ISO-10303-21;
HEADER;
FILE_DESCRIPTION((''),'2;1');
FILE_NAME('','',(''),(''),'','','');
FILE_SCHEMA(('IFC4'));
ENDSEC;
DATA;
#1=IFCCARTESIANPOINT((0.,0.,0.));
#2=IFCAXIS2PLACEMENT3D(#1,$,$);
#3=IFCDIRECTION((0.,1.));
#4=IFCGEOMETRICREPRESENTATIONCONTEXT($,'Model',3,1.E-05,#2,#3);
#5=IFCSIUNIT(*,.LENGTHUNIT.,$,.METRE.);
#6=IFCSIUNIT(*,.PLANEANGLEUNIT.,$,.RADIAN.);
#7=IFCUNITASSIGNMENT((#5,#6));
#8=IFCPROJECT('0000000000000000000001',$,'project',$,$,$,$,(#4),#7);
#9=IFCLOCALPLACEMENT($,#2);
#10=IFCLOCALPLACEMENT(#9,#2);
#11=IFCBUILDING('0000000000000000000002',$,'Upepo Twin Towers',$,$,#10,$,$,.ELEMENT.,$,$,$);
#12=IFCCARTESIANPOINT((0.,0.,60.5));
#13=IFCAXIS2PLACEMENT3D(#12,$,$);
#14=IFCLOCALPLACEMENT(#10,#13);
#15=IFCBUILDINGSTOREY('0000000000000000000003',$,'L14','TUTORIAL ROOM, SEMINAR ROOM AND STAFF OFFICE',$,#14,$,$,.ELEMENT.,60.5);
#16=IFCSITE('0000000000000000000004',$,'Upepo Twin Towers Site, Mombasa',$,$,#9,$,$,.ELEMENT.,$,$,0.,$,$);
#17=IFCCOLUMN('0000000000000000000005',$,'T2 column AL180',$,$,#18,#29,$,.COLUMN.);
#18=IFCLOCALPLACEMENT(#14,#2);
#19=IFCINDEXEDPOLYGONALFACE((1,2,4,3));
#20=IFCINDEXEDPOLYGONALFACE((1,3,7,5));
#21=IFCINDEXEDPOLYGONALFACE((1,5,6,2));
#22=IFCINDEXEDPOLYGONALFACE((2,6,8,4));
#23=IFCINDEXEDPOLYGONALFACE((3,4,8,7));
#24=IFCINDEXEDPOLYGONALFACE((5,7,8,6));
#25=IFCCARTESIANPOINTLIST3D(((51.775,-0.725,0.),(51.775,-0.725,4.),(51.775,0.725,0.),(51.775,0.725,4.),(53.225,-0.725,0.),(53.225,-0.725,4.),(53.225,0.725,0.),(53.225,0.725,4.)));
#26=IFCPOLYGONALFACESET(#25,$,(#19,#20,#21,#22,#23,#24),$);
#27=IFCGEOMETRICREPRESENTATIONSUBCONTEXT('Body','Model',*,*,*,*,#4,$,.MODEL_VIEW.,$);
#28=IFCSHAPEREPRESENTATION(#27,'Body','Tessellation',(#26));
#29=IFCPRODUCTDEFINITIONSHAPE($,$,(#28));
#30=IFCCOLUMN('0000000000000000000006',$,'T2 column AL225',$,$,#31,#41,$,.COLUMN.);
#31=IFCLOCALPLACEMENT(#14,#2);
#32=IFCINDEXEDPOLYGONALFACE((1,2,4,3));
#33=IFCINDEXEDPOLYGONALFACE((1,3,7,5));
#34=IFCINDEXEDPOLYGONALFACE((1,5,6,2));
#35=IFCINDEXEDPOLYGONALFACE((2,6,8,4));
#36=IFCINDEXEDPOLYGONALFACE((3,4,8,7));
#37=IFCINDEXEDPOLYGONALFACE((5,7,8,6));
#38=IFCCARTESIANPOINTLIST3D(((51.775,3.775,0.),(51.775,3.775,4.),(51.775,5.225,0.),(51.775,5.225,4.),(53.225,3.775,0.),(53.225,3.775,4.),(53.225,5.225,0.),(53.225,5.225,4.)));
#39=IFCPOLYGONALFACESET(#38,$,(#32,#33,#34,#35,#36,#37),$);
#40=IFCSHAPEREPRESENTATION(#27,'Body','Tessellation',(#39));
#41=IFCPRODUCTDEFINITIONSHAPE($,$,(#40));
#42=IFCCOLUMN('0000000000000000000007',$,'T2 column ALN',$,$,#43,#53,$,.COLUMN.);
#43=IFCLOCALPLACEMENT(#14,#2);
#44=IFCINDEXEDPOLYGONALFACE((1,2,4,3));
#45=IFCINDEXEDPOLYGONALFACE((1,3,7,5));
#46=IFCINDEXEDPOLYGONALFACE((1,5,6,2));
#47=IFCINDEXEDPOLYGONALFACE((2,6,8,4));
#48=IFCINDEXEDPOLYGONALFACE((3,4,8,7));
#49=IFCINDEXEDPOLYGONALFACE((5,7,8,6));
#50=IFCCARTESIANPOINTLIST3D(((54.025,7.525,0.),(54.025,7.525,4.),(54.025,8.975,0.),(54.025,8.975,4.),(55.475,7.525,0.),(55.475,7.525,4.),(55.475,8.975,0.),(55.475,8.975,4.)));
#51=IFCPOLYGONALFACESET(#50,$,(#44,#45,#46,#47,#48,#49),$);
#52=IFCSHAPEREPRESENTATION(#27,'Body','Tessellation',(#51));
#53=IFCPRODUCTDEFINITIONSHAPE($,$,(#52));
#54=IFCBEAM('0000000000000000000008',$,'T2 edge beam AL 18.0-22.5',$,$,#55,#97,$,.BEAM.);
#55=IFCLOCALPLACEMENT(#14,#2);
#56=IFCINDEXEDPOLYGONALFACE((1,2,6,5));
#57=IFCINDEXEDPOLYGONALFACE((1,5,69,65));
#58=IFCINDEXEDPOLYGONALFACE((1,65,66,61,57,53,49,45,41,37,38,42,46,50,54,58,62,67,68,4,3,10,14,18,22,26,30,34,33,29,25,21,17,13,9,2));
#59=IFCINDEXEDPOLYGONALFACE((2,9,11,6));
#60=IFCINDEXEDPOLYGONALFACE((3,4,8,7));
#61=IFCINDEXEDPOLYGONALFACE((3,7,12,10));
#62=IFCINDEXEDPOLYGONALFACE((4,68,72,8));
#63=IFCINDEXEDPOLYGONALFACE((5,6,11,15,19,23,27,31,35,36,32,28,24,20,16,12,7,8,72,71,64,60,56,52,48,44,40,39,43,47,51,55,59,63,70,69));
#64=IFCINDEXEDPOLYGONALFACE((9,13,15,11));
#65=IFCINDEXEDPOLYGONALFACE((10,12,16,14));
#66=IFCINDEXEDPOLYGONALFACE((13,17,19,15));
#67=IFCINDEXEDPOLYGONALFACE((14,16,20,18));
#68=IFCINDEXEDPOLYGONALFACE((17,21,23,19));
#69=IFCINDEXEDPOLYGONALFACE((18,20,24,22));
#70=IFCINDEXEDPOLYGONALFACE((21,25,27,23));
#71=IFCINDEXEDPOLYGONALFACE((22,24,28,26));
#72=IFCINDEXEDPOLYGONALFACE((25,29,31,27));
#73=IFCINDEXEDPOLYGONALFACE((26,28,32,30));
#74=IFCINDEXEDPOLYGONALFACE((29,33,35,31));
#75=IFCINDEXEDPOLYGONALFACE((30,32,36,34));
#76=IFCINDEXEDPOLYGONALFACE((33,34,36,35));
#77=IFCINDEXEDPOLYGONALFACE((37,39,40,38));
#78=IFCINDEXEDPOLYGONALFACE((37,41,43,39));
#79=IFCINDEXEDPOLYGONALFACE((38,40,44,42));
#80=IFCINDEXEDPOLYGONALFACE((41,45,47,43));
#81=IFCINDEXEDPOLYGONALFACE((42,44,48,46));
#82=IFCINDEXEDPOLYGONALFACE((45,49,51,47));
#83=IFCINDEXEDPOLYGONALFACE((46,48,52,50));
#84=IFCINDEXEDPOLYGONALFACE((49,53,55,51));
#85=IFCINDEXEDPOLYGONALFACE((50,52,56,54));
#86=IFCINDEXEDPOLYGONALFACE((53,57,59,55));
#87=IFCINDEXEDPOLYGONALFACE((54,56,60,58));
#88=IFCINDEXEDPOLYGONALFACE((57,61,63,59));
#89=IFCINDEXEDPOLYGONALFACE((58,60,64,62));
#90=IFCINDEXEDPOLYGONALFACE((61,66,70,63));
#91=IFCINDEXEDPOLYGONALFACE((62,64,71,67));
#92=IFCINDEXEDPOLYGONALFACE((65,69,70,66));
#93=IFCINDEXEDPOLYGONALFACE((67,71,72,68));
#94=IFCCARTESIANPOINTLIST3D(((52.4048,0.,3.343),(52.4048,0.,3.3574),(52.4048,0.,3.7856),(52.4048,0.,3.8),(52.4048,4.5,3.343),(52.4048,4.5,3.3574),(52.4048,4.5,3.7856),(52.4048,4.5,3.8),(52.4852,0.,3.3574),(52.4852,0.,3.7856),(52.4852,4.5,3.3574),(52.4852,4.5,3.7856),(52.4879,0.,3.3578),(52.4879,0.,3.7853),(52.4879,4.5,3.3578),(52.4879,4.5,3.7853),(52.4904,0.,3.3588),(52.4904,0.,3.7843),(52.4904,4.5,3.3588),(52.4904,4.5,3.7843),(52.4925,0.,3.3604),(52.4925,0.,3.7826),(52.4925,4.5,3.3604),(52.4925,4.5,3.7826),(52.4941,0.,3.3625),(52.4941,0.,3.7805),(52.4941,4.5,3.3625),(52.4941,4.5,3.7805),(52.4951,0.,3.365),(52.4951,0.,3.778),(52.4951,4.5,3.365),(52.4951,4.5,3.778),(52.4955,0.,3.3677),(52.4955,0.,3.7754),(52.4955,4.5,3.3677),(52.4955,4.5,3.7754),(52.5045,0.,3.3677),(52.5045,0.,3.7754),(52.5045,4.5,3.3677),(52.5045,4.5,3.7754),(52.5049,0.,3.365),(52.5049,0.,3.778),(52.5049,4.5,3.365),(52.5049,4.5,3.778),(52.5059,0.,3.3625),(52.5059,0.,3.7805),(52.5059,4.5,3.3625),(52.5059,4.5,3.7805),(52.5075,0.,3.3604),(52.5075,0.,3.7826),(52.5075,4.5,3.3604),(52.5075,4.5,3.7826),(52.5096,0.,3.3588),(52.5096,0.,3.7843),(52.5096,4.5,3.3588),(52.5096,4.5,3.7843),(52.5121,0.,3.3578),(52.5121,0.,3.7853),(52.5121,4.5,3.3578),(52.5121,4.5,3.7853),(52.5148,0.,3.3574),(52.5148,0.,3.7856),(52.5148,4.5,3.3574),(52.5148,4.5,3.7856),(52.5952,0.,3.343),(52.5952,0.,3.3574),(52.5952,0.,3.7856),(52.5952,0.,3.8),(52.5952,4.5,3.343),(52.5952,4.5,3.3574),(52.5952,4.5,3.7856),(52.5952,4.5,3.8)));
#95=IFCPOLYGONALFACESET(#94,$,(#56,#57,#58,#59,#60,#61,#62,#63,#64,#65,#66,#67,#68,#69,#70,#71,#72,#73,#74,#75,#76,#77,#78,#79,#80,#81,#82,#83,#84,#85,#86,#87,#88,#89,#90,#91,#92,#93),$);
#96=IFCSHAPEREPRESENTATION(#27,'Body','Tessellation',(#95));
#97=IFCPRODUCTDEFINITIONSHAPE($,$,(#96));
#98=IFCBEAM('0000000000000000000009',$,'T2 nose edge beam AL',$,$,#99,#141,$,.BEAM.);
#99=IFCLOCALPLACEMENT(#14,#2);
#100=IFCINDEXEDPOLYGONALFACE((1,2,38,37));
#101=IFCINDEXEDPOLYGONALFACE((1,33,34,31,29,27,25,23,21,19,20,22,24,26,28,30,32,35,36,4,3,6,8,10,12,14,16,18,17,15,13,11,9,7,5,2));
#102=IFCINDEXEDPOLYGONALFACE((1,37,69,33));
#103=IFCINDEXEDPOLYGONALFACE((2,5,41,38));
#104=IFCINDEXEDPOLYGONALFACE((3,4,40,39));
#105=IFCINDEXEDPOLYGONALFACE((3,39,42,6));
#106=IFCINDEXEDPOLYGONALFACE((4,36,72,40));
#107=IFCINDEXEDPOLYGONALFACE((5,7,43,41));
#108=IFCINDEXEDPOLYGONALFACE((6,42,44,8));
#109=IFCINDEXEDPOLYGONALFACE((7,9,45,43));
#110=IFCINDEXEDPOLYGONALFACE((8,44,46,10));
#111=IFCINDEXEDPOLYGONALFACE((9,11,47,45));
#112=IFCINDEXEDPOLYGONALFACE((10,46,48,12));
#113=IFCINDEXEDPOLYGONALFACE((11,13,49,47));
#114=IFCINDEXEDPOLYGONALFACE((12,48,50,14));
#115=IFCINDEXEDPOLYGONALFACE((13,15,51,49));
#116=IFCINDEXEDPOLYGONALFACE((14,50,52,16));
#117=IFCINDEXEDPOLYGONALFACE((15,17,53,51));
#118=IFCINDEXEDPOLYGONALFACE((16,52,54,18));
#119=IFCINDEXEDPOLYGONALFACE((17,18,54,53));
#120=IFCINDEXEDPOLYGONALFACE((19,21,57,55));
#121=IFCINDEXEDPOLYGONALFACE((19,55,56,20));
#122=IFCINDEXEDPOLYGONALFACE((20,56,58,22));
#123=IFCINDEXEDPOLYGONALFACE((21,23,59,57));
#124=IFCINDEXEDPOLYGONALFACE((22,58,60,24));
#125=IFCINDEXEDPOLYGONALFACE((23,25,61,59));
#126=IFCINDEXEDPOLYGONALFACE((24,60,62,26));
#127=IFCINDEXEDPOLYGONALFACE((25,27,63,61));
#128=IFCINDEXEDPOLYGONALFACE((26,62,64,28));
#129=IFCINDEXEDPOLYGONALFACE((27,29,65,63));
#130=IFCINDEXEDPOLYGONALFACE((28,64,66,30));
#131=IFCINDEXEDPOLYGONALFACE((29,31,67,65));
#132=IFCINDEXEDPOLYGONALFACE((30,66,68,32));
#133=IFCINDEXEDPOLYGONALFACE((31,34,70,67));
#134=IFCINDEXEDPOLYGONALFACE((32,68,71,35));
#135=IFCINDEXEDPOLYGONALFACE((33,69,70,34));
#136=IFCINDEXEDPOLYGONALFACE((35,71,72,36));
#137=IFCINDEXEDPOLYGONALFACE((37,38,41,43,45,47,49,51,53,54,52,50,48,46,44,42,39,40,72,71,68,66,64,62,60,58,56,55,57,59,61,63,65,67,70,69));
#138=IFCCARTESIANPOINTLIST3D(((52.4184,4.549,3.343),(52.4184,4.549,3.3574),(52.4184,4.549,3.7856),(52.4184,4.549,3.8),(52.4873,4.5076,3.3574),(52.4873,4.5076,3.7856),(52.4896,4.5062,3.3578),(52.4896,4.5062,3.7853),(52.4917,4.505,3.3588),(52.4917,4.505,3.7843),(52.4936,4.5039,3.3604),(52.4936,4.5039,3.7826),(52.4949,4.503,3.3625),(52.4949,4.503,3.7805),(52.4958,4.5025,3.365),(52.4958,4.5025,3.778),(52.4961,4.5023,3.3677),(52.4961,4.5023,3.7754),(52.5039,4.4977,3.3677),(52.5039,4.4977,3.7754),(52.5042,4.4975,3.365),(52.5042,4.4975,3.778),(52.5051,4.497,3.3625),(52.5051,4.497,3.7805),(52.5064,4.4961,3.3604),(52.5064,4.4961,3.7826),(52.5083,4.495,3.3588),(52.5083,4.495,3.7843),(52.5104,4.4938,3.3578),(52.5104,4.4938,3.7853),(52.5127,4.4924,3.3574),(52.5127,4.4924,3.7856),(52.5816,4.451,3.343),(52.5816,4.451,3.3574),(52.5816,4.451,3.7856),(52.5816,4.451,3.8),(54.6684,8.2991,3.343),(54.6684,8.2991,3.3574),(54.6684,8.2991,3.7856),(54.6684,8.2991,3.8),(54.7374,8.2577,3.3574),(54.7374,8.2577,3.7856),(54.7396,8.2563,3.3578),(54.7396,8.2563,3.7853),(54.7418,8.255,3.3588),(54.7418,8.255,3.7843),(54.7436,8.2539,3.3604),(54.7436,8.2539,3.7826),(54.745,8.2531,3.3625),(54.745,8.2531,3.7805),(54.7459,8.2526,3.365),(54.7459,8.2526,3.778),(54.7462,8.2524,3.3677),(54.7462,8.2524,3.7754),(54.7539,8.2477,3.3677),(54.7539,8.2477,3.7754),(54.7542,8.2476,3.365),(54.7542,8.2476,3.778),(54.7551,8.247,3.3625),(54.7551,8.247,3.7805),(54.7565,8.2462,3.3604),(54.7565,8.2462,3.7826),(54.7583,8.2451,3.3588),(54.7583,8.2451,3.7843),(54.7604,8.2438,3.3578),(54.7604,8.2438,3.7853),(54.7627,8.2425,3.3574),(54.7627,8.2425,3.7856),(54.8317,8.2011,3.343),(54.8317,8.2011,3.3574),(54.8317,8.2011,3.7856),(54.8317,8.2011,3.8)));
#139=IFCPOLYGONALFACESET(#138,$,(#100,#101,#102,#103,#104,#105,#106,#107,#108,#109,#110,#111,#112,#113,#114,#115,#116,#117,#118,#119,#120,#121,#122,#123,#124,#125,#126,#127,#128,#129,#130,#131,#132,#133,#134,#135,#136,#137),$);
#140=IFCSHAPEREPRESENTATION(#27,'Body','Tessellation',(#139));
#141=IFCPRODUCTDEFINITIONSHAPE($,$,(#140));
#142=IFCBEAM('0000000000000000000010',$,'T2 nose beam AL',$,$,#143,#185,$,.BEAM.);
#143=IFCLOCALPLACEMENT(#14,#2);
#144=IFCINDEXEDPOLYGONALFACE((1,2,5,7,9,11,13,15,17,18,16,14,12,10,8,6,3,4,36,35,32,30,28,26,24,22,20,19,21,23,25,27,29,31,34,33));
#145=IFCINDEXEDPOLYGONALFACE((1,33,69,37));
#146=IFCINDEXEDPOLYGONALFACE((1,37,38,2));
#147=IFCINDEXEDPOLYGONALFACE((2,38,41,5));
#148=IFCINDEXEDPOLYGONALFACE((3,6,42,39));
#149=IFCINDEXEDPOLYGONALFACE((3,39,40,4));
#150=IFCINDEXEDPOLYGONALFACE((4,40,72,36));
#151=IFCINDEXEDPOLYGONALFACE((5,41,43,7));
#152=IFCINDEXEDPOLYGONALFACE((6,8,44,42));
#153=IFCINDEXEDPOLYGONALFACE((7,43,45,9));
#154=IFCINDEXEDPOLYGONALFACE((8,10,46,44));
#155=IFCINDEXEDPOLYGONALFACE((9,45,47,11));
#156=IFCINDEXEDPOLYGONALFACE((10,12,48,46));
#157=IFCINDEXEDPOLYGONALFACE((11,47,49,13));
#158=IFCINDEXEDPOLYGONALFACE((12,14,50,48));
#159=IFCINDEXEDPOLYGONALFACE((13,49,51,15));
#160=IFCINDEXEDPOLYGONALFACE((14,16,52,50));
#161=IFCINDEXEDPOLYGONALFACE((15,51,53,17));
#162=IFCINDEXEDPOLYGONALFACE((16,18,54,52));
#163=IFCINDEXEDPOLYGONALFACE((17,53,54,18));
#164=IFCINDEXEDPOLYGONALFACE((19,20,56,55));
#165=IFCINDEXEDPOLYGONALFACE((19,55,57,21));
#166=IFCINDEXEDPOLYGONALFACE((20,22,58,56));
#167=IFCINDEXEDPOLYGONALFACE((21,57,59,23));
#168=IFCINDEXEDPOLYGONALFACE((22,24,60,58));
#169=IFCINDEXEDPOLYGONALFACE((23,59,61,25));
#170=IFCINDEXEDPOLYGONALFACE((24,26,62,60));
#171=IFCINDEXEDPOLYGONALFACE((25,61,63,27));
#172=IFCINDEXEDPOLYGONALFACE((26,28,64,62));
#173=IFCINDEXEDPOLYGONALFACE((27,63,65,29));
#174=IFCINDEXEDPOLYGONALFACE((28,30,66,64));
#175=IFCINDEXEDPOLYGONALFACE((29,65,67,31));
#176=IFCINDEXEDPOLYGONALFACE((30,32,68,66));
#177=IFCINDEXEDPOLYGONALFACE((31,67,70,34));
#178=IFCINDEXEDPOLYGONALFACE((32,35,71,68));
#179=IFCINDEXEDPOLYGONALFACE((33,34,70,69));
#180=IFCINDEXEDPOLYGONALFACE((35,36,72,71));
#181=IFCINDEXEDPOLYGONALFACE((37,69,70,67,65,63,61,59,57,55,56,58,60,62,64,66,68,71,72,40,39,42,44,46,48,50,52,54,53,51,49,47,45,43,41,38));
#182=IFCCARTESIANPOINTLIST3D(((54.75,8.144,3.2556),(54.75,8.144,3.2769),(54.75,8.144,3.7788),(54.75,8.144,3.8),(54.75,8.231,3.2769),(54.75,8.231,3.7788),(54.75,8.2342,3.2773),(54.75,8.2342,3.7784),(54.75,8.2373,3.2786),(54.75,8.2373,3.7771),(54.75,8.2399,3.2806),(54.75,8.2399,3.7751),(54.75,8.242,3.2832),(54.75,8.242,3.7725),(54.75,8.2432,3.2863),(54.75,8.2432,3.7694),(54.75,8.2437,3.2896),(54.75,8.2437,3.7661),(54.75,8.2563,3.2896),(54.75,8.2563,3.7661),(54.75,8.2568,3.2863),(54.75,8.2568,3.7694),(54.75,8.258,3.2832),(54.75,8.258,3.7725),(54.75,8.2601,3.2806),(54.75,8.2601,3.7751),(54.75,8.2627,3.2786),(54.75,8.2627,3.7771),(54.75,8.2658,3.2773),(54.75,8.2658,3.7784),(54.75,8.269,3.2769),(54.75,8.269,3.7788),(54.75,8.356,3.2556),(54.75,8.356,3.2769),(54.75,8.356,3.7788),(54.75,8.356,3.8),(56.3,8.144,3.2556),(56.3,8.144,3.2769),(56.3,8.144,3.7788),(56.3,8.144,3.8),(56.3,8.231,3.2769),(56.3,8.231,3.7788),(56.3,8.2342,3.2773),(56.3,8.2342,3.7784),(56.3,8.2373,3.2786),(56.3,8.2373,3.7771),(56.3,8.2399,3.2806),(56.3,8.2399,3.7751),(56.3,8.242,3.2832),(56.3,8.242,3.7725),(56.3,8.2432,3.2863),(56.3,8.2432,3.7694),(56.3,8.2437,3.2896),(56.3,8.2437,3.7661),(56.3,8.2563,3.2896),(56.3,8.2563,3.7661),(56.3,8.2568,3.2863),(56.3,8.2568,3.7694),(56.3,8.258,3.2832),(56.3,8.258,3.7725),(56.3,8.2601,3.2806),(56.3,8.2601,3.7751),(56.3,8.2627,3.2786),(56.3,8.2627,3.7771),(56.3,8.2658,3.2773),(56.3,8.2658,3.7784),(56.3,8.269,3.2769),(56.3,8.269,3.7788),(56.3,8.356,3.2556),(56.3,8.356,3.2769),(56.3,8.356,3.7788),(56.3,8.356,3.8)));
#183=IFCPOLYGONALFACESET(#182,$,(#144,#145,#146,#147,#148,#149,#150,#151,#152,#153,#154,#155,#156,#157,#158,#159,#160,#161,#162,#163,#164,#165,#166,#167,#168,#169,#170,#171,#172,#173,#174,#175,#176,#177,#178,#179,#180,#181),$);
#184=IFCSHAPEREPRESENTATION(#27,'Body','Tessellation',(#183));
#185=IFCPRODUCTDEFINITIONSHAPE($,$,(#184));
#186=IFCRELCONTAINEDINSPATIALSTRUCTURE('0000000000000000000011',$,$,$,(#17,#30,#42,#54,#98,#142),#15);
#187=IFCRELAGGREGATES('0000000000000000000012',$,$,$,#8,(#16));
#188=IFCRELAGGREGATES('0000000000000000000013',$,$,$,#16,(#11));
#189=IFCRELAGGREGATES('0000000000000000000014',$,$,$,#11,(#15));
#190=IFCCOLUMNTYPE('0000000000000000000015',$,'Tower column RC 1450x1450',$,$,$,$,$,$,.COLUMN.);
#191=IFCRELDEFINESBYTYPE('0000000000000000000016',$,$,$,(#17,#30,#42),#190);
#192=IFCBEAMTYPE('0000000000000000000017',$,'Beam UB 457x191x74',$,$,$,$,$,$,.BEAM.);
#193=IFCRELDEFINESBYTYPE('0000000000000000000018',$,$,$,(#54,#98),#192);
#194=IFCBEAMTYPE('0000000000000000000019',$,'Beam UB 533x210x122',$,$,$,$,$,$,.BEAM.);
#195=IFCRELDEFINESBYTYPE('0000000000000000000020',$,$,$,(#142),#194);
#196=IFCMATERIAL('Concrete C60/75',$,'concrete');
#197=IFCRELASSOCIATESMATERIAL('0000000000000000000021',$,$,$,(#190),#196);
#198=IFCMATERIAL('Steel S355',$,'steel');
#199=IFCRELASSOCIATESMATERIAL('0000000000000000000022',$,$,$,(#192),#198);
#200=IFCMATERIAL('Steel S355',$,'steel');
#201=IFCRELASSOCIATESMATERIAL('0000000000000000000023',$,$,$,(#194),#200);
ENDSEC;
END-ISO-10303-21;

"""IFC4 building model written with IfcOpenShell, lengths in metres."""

from ifc_helpers import new_model, si_unit, direction, frame, origin, origin_2d, place, context, subcontext, project, spatial, rectangle, i_section, extrude, material, material_profile, profile_set, type_object, element, save


model = new_model("IFC4")

# Units and contexts
model_context = context("Model", 3, precision=1e-05, world=origin(), true_north=direction((0.0, 1.0)))
body_context = subcontext(model_context, "Body", "Model", "MODEL_VIEW")
ifc_project = project(units=[si_unit("LENGTHUNIT", "METRE"), si_unit("PLANEANGLEUNIT", "RADIAN")], contexts=[model_context])

# Site, building, storey
site_placement = place(None, origin())
site = spatial("IfcSite", under=ifc_project, at=site_placement, Name="Upepo Twin Towers Site, Mombasa", CompositionType="ELEMENT", RefElevation=0.0)
building_placement = place(site_placement, origin())
building = spatial("IfcBuilding", under=site, at=building_placement, Name="Upepo Twin Towers", CompositionType="ELEMENT")
storey_placement = place(building_placement, frame((0.0, 0.0, 60.5)))
storey = spatial("IfcBuildingStorey", under=building, at=storey_placement, Name="L14", Description="TUTORIAL ROOM, SEMINAR ROOM AND STAFF OFFICE", CompositionType="ELEMENT", Elevation=60.5)

# Columns
ifc_material_1 = material(Name="Concrete C60/75", Category="concrete")
ifc_material_profile_1 = material_profile(ifc_material_1, rectangle(XDim=1.45, YDim=1.45, at=origin_2d()), Name="RC 1450x1450")
ifc_profile_set_1 = profile_set([ifc_material_profile_1], Name="Concrete C60/75")
column_type = type_object("IfcColumnType", Name="Tower column RC 1450x1450", PredefinedType="COLUMN", material=ifc_profile_set_1)
for number, where, z_axis, x_axis, name in (
    (1, (52.5, 0.0, 0.0), (0.0, 0.0, 1.0), (1.0, 0.0, 0.0), "T2 column AL180"),
    (2, (52.5, 4.5, 0.0), (0.0, 0.0, 1.0), (1.0, 0.0, 0.0), "T2 column AL225"),
    (3, (54.75, 8.25, 0.0), (0.0, 0.0, 1.0), (1.0, 0.0, 0.0), "T2 column ALN"),
):
    element("IfcColumn", number, at=place(storey_placement, frame(where, z_axis=z_axis, x_axis=x_axis)), inside=storey, type_object=column_type, Name=name, PredefinedType="COLUMN", context=body_context, shape_type="SweptSolid", body=[
        extrude(rectangle(XDim=1.45, YDim=1.45, at=origin_2d()), origin(), (0.0, 0.0, 1.0), 4.0),
    ])

# Beams
ifc_material_2 = material(Name="Steel S355", Category="steel")
ifc_material_profile_2 = material_profile(ifc_material_2, i_section(OverallWidth=0.1904, OverallDepth=0.457, WebThickness=0.009, FlangeThickness=0.0144, FilletRadius=0.0103, at=origin_2d()), Name="UB 457x191x74")
ifc_profile_set_2 = profile_set([ifc_material_profile_2], Name="Steel S355")
beam_type_1 = type_object("IfcBeamType", Name="Beam UB 457x191x74", PredefinedType="BEAM", material=ifc_profile_set_2)
beam_1_placement = place(storey_placement, frame((52.5, 0.0, 3.5715), z_axis=(0.0, 1.0, 0.0), x_axis=(-1.0, 0.0, 0.0)))
element("IfcBeam", 4, at=beam_1_placement, inside=storey, type_object=beam_type_1, Name="T2 edge beam AL 18.0-22.5", PredefinedType="BEAM", context=body_context, shape_type="SweptSolid", body=[
    extrude(i_section(OverallWidth=0.1904, OverallDepth=0.457, WebThickness=0.009, FlangeThickness=0.0144, FilletRadius=0.0103, at=origin_2d()), origin(), (0.0, 0.0, 1.0), 4.5),
])
beam_2_placement = place(storey_placement, frame((52.5, 4.5, 3.5715), z_axis=(0.514496, 0.857493, 0.0), x_axis=(-0.857493, 0.514496, 0.0)))
element("IfcBeam", 5, at=beam_2_placement, inside=storey, type_object=beam_type_1, Name="T2 nose edge beam AL", PredefinedType="BEAM", context=body_context, shape_type="SweptSolid", body=[
    extrude(i_section(OverallWidth=0.1904, OverallDepth=0.457, WebThickness=0.009, FlangeThickness=0.0144, FilletRadius=0.0103, at=origin_2d()), origin(), (0.0, 0.0, 1.0), 4.3733),
])
ifc_material_3 = material(Name="Steel S355", Category="steel")
ifc_material_profile_3 = material_profile(ifc_material_3, i_section(OverallWidth=0.2119, OverallDepth=0.5444, WebThickness=0.0127, FlangeThickness=0.0212, FilletRadius=0.0127, at=origin_2d()), Name="UB 533x210x122")
ifc_profile_set_3 = profile_set([ifc_material_profile_3], Name="Steel S355")
beam_type_2 = type_object("IfcBeamType", Name="Beam UB 533x210x122", PredefinedType="BEAM", material=ifc_profile_set_3)
beam_3_placement = place(storey_placement, frame((54.75, 8.25, 3.5278), z_axis=(1.0, 0.0, 0.0), x_axis=(0.0, 1.0, 0.0)))
element("IfcBeam", 6, at=beam_3_placement, inside=storey, type_object=beam_type_2, Name="T2 nose beam AL", PredefinedType="BEAM", context=body_context, shape_type="SweptSolid", body=[
    extrude(i_section(OverallWidth=0.2119, OverallDepth=0.5444, WebThickness=0.0127, FlangeThickness=0.0212, FilletRadius=0.0127, at=origin_2d()), origin(), (0.0, 0.0, 1.0), 1.55),
])

save(model, "model.ifc")
